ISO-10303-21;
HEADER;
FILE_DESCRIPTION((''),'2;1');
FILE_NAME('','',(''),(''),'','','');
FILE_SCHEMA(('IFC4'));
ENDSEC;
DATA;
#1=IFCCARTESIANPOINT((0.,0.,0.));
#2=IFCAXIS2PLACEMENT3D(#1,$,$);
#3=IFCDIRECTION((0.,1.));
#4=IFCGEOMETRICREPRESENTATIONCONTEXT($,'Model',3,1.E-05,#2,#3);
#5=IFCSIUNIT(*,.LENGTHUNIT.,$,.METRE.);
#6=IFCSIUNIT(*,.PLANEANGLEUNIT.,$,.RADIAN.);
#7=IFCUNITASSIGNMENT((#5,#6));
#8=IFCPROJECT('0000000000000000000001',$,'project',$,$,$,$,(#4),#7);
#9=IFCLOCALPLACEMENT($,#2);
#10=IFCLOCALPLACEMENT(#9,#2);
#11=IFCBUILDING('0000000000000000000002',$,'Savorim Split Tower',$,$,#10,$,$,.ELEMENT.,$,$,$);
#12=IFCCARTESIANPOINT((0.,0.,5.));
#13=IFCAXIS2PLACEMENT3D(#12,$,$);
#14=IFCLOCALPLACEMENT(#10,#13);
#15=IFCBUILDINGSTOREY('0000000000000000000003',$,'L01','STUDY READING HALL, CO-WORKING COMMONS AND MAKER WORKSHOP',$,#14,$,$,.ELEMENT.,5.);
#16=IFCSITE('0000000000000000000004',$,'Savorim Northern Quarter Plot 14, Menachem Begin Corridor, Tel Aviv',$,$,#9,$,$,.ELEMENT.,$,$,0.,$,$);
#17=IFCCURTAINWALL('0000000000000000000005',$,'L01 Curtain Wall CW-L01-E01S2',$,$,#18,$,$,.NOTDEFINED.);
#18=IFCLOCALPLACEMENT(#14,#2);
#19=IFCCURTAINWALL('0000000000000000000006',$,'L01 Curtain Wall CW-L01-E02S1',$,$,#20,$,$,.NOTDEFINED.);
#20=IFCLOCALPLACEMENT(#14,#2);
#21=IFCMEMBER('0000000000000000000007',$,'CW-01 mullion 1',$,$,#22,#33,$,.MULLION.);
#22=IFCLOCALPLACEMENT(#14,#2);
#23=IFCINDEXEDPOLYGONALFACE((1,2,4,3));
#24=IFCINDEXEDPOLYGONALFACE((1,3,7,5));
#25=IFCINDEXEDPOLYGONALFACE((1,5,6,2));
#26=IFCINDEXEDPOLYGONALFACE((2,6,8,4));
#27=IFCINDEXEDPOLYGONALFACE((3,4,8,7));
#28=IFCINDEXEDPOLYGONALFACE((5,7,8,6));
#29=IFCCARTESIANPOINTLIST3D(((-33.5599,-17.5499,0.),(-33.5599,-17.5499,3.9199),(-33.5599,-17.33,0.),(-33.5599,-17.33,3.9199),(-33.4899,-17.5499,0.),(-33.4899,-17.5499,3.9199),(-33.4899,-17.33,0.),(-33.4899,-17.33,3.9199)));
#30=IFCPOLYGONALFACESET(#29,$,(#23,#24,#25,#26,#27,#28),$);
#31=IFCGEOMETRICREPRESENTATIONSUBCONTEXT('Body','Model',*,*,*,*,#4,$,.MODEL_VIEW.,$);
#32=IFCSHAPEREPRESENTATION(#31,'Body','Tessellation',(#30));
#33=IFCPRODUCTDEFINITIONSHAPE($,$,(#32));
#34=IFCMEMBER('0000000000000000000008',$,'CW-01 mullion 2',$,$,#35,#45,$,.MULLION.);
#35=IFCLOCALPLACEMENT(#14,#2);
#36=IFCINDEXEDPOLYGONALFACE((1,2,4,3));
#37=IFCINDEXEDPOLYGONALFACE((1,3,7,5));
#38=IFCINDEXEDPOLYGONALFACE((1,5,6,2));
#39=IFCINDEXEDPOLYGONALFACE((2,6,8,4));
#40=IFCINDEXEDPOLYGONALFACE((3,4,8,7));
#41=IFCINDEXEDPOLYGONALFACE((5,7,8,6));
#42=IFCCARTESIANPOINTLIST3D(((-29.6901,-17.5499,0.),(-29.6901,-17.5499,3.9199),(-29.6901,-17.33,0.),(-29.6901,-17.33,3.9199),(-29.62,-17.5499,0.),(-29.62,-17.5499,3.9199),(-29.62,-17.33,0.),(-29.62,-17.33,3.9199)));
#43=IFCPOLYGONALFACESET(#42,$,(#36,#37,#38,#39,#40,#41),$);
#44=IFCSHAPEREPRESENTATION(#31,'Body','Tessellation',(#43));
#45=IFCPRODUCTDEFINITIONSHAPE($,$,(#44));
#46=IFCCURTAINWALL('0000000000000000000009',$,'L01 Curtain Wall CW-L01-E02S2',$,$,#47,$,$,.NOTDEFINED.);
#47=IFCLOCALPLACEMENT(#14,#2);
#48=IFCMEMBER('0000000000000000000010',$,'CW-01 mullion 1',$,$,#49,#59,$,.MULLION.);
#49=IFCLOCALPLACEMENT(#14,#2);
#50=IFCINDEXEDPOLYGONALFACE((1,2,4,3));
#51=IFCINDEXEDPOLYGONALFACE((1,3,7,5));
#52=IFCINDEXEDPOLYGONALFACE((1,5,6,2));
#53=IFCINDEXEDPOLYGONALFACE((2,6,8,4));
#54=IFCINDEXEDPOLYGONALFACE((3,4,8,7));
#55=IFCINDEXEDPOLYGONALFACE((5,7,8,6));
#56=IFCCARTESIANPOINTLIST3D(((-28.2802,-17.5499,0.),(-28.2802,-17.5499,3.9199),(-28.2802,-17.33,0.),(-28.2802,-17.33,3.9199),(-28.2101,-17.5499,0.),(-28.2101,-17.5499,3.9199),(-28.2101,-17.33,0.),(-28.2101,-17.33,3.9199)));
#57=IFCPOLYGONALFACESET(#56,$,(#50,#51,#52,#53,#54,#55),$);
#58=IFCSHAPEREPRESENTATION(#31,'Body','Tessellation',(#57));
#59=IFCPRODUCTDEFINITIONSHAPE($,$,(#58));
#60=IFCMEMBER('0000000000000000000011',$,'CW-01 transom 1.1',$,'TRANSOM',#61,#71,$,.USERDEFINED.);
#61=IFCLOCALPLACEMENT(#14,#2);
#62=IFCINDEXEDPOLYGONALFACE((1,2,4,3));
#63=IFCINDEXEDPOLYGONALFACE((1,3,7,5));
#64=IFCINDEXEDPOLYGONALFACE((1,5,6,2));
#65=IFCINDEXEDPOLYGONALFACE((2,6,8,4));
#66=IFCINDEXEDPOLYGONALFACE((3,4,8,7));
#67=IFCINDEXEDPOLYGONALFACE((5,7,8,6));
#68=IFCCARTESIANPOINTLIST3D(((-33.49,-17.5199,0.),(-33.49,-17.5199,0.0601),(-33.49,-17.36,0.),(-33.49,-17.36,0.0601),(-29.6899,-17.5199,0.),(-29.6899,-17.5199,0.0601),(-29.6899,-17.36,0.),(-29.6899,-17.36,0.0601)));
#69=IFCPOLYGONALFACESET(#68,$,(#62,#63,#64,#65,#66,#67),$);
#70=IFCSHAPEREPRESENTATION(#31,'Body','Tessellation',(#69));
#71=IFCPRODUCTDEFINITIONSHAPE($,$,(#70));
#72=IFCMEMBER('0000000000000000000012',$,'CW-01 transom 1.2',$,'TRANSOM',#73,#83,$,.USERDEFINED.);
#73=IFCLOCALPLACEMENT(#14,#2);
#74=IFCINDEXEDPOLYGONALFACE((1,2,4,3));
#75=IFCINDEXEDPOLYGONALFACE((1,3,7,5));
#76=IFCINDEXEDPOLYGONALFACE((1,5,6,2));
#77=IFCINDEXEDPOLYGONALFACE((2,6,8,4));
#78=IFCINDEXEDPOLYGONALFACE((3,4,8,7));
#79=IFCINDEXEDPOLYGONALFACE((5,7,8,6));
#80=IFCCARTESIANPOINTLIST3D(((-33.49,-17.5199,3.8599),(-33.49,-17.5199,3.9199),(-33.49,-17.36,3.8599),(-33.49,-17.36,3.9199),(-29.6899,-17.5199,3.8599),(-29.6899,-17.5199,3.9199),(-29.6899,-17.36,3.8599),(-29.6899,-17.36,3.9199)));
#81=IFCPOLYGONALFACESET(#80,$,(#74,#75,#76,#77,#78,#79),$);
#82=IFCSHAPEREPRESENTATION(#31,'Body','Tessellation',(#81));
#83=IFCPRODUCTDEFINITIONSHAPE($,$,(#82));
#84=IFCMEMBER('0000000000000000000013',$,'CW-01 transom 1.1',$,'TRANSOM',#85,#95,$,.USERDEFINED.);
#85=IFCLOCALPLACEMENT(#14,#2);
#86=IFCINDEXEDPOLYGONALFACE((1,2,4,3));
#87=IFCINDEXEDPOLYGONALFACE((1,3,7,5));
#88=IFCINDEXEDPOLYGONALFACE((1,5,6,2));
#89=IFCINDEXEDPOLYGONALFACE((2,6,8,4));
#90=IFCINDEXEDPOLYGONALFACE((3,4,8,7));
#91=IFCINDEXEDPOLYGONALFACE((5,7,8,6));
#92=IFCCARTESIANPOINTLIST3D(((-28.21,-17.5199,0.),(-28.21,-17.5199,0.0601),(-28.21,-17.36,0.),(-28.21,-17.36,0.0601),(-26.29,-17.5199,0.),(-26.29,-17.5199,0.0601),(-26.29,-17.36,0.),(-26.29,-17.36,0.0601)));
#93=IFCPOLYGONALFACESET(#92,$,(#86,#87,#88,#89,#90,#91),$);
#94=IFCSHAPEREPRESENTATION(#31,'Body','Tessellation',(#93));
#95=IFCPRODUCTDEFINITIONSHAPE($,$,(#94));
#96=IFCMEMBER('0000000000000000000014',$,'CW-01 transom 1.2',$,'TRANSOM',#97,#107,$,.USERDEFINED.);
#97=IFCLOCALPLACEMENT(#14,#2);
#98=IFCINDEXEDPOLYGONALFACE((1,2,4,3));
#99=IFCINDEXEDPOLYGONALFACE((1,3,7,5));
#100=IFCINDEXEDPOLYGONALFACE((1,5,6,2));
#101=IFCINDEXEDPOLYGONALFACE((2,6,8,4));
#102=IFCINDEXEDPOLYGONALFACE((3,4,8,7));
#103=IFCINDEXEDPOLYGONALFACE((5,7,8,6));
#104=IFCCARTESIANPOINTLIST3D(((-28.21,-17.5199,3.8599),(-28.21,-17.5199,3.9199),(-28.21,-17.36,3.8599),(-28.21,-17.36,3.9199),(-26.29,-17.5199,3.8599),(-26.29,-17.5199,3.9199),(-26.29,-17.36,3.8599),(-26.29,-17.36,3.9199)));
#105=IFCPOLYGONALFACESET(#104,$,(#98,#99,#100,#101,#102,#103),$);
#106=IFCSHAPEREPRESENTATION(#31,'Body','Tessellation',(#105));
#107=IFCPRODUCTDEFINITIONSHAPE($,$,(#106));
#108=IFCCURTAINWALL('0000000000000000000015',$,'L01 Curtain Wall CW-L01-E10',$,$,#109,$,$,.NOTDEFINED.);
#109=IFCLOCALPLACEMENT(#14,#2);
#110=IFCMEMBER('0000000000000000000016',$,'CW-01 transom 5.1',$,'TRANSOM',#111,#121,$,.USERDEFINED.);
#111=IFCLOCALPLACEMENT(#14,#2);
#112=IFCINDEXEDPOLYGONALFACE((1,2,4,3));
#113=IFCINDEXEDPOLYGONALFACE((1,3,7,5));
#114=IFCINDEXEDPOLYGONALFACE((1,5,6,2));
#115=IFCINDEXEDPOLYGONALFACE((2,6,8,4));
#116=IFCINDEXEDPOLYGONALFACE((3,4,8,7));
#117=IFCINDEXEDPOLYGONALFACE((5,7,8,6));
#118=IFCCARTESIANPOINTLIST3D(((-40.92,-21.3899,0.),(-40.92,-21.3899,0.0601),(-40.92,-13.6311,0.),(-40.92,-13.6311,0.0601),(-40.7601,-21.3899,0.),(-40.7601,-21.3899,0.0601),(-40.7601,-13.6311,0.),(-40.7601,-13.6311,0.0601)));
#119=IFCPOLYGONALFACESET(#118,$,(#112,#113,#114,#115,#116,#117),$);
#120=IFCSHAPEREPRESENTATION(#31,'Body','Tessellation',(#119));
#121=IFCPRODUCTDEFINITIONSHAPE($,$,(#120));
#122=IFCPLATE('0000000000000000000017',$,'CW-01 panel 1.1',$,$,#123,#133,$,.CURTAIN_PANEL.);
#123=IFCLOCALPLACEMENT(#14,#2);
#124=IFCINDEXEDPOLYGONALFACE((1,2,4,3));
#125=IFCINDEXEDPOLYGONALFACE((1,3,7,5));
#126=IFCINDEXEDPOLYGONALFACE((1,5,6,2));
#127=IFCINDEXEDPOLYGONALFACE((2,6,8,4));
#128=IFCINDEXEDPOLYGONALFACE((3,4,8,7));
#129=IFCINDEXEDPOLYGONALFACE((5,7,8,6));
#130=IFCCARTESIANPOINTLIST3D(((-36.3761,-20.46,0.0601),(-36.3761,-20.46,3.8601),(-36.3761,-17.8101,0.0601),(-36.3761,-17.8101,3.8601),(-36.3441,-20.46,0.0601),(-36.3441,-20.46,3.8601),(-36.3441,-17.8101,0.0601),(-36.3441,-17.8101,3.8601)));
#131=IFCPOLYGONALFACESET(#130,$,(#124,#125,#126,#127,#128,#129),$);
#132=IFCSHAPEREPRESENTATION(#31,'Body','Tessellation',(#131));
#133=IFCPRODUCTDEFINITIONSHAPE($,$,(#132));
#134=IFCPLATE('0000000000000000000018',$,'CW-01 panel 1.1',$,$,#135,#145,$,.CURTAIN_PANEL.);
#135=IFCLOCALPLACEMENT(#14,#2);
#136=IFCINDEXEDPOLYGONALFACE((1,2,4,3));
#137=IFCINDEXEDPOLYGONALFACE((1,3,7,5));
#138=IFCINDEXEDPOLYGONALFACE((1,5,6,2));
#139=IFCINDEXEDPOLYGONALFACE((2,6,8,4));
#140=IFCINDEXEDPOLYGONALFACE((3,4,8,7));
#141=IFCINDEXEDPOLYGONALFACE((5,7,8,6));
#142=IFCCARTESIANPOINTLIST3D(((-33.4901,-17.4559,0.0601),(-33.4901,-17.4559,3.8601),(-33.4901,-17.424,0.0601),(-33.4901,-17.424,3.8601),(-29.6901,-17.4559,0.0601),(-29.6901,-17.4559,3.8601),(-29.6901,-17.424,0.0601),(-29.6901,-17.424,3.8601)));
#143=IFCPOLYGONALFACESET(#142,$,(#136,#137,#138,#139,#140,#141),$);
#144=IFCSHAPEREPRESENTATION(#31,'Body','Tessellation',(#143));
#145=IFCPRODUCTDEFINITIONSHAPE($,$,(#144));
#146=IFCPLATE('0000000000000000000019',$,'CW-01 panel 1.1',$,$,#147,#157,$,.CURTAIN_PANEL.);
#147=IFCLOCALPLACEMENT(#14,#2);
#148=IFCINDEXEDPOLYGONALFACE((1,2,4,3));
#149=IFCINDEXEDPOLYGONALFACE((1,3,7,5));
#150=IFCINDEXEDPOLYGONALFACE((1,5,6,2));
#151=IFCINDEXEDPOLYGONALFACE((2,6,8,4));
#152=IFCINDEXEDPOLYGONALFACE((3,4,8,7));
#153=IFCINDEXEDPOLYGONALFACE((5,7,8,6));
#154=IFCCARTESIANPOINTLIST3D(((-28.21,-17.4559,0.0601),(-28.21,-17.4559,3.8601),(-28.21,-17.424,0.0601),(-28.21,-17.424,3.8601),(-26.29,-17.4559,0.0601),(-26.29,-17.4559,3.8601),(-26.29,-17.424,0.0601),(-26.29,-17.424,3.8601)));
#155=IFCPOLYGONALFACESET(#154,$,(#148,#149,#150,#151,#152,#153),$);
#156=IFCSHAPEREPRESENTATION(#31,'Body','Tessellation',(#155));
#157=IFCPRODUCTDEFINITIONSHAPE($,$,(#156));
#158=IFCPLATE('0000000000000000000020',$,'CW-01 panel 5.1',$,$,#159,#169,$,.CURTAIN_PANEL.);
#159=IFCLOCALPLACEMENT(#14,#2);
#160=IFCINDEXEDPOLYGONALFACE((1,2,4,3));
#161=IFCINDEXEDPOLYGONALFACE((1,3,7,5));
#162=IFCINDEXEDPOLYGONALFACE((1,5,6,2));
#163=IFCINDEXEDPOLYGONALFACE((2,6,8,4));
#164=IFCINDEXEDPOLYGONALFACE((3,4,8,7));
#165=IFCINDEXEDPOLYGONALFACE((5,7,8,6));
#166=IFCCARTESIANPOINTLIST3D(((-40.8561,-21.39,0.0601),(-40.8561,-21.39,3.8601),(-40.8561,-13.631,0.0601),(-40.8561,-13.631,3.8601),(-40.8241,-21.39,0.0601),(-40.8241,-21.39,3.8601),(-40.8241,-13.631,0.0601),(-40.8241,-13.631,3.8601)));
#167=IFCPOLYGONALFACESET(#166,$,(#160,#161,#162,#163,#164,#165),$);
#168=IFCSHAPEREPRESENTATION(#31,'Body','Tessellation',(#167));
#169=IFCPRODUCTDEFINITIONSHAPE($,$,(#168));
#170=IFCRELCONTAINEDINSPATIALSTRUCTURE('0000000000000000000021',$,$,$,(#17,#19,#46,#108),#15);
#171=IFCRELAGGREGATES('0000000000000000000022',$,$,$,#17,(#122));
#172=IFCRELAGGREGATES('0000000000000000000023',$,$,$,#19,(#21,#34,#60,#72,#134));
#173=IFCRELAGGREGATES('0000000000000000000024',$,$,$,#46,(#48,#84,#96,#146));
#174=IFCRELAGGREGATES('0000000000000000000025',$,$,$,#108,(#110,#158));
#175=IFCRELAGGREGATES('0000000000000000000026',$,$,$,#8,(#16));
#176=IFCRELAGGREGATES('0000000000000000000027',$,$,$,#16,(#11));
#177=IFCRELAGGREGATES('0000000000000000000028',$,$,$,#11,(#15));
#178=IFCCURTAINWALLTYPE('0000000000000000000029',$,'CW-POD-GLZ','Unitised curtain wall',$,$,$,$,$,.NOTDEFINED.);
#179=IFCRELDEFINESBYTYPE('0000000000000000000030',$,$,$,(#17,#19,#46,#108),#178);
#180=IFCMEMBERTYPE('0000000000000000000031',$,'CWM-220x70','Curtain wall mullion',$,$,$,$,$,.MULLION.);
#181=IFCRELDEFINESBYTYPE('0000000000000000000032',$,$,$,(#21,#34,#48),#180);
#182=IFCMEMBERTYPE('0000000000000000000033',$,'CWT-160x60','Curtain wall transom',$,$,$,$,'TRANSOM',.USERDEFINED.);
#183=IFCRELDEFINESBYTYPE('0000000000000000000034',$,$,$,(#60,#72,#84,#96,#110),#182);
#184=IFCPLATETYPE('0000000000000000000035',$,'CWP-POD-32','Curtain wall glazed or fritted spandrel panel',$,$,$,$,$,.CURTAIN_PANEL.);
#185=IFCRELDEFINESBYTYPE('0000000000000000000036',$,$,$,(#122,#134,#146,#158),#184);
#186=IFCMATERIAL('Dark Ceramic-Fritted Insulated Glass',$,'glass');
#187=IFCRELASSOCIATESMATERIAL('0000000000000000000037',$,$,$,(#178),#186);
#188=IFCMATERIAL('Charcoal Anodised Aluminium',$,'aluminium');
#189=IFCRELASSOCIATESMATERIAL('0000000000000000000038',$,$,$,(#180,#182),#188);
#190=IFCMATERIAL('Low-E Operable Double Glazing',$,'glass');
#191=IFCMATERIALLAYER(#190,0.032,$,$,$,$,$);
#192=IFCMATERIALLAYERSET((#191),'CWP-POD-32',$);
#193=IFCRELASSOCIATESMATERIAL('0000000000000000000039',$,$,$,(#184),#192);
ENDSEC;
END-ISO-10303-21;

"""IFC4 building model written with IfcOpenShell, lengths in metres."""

from ifc_helpers import new_model, si_unit, direction, frame, origin, origin_2d, place, context, subcontext, project, spatial, rectangle, extrude, material, layer, layer_set, material_profile, profile_set, type_object, element, aggregate, save


model = new_model("IFC4")

# Units and contexts
model_context = context("Model", 3, precision=1e-05, world=origin(), true_north=direction((0.0, 1.0)))
body_context = subcontext(model_context, "Body", "Model", "MODEL_VIEW")
ifc_project = project(units=[si_unit("LENGTHUNIT", "METRE"), si_unit("PLANEANGLEUNIT", "RADIAN")], contexts=[model_context])

# Site, building, storey
site_placement = place(None, origin())
site = spatial("IfcSite", under=ifc_project, at=site_placement, Name="Savorim Northern Quarter Plot 14, Menachem Begin Corridor, Tel Aviv", CompositionType="ELEMENT", RefElevation=0.0)
building_placement = place(site_placement, origin())
building = spatial("IfcBuilding", under=site, at=building_placement, Name="Savorim Split Tower", CompositionType="ELEMENT")
storey_placement = place(building_placement, frame((0.0, 0.0, 5.0)))
storey = spatial("IfcBuildingStorey", under=building, at=storey_placement, Name="L01", Description="STUDY READING HALL, CO-WORKING COMMONS AND MAKER WORKSHOP", CompositionType="ELEMENT", Elevation=5.0)

# Curtain wall
ifc_material_1 = material(Name="Dark Ceramic-Fritted Insulated Glass", Category="glass")
curtain_wall_type = type_object("IfcCurtainWallType", Name="CW-POD-GLZ", Description="Unitised curtain wall", PredefinedType="NOTDEFINED", material=ifc_material_1)
curtain_wall_1_placement = place(storey_placement, origin())
curtain_wall_1 = element("IfcCurtainWall", 1, at=curtain_wall_1_placement, inside=storey, type_object=curtain_wall_type, Name="L01 Curtain Wall CW-L01-E01S2", PredefinedType="NOTDEFINED")
ifc_material_2 = material(Name="Charcoal Anodised Aluminium", Category="aluminium")
ifc_material_profile_1 = material_profile(ifc_material_2, rectangle(XDim=0.22, YDim=0.0701, at=origin_2d()), Name="ALU-M 220x70")
ifc_profile_set_1 = profile_set([ifc_material_profile_1], Name="Charcoal Anodised Aluminium")
member_type_1 = type_object("IfcMemberType", Name="CWM-220x70", Description="Curtain wall mullion", PredefinedType="MULLION", material=ifc_profile_set_1)

# Curtain wall, members
curtain_wall_2_placement = place(storey_placement, origin())
curtain_wall_2 = element("IfcCurtainWall", 2, at=curtain_wall_2_placement, inside=storey, type_object=curtain_wall_type, Name="L01 Curtain Wall CW-L01-E02S1", PredefinedType="NOTDEFINED")
member_1_placement = place(storey_placement, frame((-33.5249, -17.4399, 0.0), z_axis=(0.0, 0.0, 1.0), x_axis=(0.0, 1.0, 0.0)))
member_1 = element("IfcMember", 3, at=member_1_placement, type_object=member_type_1, Name="CW-01 mullion 1", PredefinedType="MULLION", context=body_context, shape_type="SweptSolid", body=[
    extrude(rectangle(XDim=0.22, YDim=0.0701, at=origin_2d()), origin(), (0.0, 0.0, 1.0), 3.9199),
])
member_2_placement = place(storey_placement, frame((-29.655, -17.4399, 0.0), z_axis=(0.0, 0.0, 1.0), x_axis=(0.0, 1.0, 0.0)))
member_2 = element("IfcMember", 4, at=member_2_placement, type_object=member_type_1, Name="CW-01 mullion 2", PredefinedType="MULLION", context=body_context, shape_type="SweptSolid", body=[
    extrude(rectangle(XDim=0.22, YDim=0.0701, at=origin_2d()), origin(), (0.0, 0.0, 1.0), 3.9199),
])

# Curtain wall, member
curtain_wall_3_placement = place(storey_placement, origin())
curtain_wall_3 = element("IfcCurtainWall", 5, at=curtain_wall_3_placement, inside=storey, type_object=curtain_wall_type, Name="L01 Curtain Wall CW-L01-E02S2", PredefinedType="NOTDEFINED")
member_3_placement = place(storey_placement, frame((-28.2451, -17.4399, 0.0), z_axis=(0.0, 0.0, 1.0), x_axis=(0.0, 1.0, 0.0)))
member_3 = element("IfcMember", 6, at=member_3_placement, type_object=member_type_1, Name="CW-01 mullion 1", PredefinedType="MULLION", context=body_context, shape_type="SweptSolid", body=[
    extrude(rectangle(XDim=0.22, YDim=0.0701, at=origin_2d()), origin(), (0.0, 0.0, 1.0), 3.9199),
])

# Members
ifc_material_profile_2 = material_profile(ifc_material_2, rectangle(XDim=0.1599, YDim=0.0601, at=origin_2d()), Name="ALU-T 160x60")
ifc_profile_set_2 = profile_set([ifc_material_profile_2], Name="Charcoal Anodised Aluminium")
member_type_2 = type_object("IfcMemberType", Name="CWT-160x60", Description="Curtain wall transom", ElementType="TRANSOM", PredefinedType="USERDEFINED", material=ifc_profile_set_2)
member_4_placement = place(storey_placement, frame((-33.49, -17.4399, 0.03), z_axis=(1.0, 0.0, 0.0), x_axis=(0.0, 1.0, 0.0)))
member_4 = element("IfcMember", 7, at=member_4_placement, type_object=member_type_2, Name="CW-01 transom 1.1", ObjectType="TRANSOM", PredefinedType="USERDEFINED", context=body_context, shape_type="SweptSolid", body=[
    extrude(rectangle(XDim=0.1599, YDim=0.0601, at=origin_2d()), origin(), (0.0, 0.0, 1.0), 3.8),
])
member_5_placement = place(storey_placement, frame((-33.49, -17.4399, 3.8899), z_axis=(1.0, 0.0, 0.0), x_axis=(0.0, 1.0, 0.0)))
member_5 = element("IfcMember", 8, at=member_5_placement, type_object=member_type_2, Name="CW-01 transom 1.2", ObjectType="TRANSOM", PredefinedType="USERDEFINED", context=body_context, shape_type="SweptSolid", body=[
    extrude(rectangle(XDim=0.1599, YDim=0.0601, at=origin_2d()), origin(), (0.0, 0.0, 1.0), 3.8),
])
member_6_placement = place(storey_placement, frame((-28.21, -17.4399, 0.03), z_axis=(1.0, 0.0, 0.0), x_axis=(0.0, 1.0, 0.0)))
member_6 = element("IfcMember", 9, at=member_6_placement, type_object=member_type_2, Name="CW-01 transom 1.1", ObjectType="TRANSOM", PredefinedType="USERDEFINED", context=body_context, shape_type="SweptSolid", body=[
    extrude(rectangle(XDim=0.1599, YDim=0.0601, at=origin_2d()), origin(), (0.0, 0.0, 1.0), 1.9199),
])
member_7_placement = place(storey_placement, frame((-28.21, -17.4399, 3.8899), z_axis=(1.0, 0.0, 0.0), x_axis=(0.0, 1.0, 0.0)))
member_7 = element("IfcMember", 10, at=member_7_placement, type_object=member_type_2, Name="CW-01 transom 1.2", ObjectType="TRANSOM", PredefinedType="USERDEFINED", context=body_context, shape_type="SweptSolid", body=[
    extrude(rectangle(XDim=0.1599, YDim=0.0601, at=origin_2d()), origin(), (0.0, 0.0, 1.0), 1.9199),
])

# Curtain wall, member
curtain_wall_4_placement = place(storey_placement, origin())
curtain_wall_4 = element("IfcCurtainWall", 11, at=curtain_wall_4_placement, inside=storey, type_object=curtain_wall_type, Name="L01 Curtain Wall CW-L01-E10", PredefinedType="NOTDEFINED")
member_8_placement = place(storey_placement, frame((-40.8401, -13.6311, 0.03), z_axis=(0.0, -1.0, 0.0), x_axis=(1.0, 0.0, 0.0)))
member_8 = element("IfcMember", 12, at=member_8_placement, type_object=member_type_2, Name="CW-01 transom 5.1", ObjectType="TRANSOM", PredefinedType="USERDEFINED", context=body_context, shape_type="SweptSolid", body=[
    extrude(rectangle(XDim=0.1599, YDim=0.0601, at=origin_2d()), origin(), (0.0, 0.0, 1.0), 7.7588),
])

# Plates
ifc_material_3 = material(Name="Low-E Operable Double Glazing", Category="glass")
ifc_layer_1 = layer(ifc_material_3, 0.032)
ifc_layer_set_1 = layer_set([ifc_layer_1], Name="CWP-POD-32")
plate_type = type_object("IfcPlateType", Name="CWP-POD-32", Description="Curtain wall glazed or fritted spandrel panel", PredefinedType="CURTAIN_PANEL", material=ifc_layer_set_1)
plate_1_placement = place(storey_placement, frame((-36.3601, -19.135, 0.0601), z_axis=(0.0, 0.0, 1.0), x_axis=(0.0, 1.0, 0.0)))
plate_1 = element("IfcPlate", 13, at=plate_1_placement, type_object=plate_type, Name="CW-01 panel 1.1", PredefinedType="CURTAIN_PANEL", context=body_context, shape_type="SweptSolid", body=[
    extrude(rectangle(XDim=2.6499, YDim=0.032, at=origin_2d()), origin(), (0.0, 0.0, 1.0), 3.8),
])
aggregate(curtain_wall_1, [plate_1])
plate_2_placement = place(storey_placement, frame((-31.5901, -17.4399, 0.0601), z_axis=(0.0, 0.0, 1.0), x_axis=(1.0, 0.0, 0.0)))
plate_2 = element("IfcPlate", 14, at=plate_2_placement, type_object=plate_type, Name="CW-01 panel 1.1", PredefinedType="CURTAIN_PANEL", context=body_context, shape_type="SweptSolid", body=[
    extrude(rectangle(XDim=3.8, YDim=0.032, at=origin_2d()), origin(), (0.0, 0.0, 1.0), 3.8),
])
aggregate(curtain_wall_2, [member_1, member_2, member_4, member_5, plate_2])
plate_3_placement = place(storey_placement, frame((-27.25, -17.4399, 0.0601), z_axis=(0.0, 0.0, 1.0), x_axis=(1.0, 0.0, 0.0)))
plate_3 = element("IfcPlate", 15, at=plate_3_placement, type_object=plate_type, Name="CW-01 panel 1.1", PredefinedType="CURTAIN_PANEL", context=body_context, shape_type="SweptSolid", body=[
    extrude(rectangle(XDim=1.9199, YDim=0.032, at=origin_2d()), origin(), (0.0, 0.0, 1.0), 3.8),
])
aggregate(curtain_wall_3, [member_3, member_6, member_7, plate_3])
plate_4_placement = place(storey_placement, frame((-40.8401, -17.5105, 0.0601), z_axis=(0.0, 0.0, 1.0), x_axis=(0.0, -1.0, 0.0)))
plate_4 = element("IfcPlate", 16, at=plate_4_placement, type_object=plate_type, Name="CW-01 panel 5.1", PredefinedType="CURTAIN_PANEL", context=body_context, shape_type="SweptSolid", body=[
    extrude(rectangle(XDim=7.759, YDim=0.032, at=origin_2d()), origin(), (0.0, 0.0, 1.0), 3.8),
])
aggregate(curtain_wall_4, [member_8, plate_4])

save(model, "model.ifc")
